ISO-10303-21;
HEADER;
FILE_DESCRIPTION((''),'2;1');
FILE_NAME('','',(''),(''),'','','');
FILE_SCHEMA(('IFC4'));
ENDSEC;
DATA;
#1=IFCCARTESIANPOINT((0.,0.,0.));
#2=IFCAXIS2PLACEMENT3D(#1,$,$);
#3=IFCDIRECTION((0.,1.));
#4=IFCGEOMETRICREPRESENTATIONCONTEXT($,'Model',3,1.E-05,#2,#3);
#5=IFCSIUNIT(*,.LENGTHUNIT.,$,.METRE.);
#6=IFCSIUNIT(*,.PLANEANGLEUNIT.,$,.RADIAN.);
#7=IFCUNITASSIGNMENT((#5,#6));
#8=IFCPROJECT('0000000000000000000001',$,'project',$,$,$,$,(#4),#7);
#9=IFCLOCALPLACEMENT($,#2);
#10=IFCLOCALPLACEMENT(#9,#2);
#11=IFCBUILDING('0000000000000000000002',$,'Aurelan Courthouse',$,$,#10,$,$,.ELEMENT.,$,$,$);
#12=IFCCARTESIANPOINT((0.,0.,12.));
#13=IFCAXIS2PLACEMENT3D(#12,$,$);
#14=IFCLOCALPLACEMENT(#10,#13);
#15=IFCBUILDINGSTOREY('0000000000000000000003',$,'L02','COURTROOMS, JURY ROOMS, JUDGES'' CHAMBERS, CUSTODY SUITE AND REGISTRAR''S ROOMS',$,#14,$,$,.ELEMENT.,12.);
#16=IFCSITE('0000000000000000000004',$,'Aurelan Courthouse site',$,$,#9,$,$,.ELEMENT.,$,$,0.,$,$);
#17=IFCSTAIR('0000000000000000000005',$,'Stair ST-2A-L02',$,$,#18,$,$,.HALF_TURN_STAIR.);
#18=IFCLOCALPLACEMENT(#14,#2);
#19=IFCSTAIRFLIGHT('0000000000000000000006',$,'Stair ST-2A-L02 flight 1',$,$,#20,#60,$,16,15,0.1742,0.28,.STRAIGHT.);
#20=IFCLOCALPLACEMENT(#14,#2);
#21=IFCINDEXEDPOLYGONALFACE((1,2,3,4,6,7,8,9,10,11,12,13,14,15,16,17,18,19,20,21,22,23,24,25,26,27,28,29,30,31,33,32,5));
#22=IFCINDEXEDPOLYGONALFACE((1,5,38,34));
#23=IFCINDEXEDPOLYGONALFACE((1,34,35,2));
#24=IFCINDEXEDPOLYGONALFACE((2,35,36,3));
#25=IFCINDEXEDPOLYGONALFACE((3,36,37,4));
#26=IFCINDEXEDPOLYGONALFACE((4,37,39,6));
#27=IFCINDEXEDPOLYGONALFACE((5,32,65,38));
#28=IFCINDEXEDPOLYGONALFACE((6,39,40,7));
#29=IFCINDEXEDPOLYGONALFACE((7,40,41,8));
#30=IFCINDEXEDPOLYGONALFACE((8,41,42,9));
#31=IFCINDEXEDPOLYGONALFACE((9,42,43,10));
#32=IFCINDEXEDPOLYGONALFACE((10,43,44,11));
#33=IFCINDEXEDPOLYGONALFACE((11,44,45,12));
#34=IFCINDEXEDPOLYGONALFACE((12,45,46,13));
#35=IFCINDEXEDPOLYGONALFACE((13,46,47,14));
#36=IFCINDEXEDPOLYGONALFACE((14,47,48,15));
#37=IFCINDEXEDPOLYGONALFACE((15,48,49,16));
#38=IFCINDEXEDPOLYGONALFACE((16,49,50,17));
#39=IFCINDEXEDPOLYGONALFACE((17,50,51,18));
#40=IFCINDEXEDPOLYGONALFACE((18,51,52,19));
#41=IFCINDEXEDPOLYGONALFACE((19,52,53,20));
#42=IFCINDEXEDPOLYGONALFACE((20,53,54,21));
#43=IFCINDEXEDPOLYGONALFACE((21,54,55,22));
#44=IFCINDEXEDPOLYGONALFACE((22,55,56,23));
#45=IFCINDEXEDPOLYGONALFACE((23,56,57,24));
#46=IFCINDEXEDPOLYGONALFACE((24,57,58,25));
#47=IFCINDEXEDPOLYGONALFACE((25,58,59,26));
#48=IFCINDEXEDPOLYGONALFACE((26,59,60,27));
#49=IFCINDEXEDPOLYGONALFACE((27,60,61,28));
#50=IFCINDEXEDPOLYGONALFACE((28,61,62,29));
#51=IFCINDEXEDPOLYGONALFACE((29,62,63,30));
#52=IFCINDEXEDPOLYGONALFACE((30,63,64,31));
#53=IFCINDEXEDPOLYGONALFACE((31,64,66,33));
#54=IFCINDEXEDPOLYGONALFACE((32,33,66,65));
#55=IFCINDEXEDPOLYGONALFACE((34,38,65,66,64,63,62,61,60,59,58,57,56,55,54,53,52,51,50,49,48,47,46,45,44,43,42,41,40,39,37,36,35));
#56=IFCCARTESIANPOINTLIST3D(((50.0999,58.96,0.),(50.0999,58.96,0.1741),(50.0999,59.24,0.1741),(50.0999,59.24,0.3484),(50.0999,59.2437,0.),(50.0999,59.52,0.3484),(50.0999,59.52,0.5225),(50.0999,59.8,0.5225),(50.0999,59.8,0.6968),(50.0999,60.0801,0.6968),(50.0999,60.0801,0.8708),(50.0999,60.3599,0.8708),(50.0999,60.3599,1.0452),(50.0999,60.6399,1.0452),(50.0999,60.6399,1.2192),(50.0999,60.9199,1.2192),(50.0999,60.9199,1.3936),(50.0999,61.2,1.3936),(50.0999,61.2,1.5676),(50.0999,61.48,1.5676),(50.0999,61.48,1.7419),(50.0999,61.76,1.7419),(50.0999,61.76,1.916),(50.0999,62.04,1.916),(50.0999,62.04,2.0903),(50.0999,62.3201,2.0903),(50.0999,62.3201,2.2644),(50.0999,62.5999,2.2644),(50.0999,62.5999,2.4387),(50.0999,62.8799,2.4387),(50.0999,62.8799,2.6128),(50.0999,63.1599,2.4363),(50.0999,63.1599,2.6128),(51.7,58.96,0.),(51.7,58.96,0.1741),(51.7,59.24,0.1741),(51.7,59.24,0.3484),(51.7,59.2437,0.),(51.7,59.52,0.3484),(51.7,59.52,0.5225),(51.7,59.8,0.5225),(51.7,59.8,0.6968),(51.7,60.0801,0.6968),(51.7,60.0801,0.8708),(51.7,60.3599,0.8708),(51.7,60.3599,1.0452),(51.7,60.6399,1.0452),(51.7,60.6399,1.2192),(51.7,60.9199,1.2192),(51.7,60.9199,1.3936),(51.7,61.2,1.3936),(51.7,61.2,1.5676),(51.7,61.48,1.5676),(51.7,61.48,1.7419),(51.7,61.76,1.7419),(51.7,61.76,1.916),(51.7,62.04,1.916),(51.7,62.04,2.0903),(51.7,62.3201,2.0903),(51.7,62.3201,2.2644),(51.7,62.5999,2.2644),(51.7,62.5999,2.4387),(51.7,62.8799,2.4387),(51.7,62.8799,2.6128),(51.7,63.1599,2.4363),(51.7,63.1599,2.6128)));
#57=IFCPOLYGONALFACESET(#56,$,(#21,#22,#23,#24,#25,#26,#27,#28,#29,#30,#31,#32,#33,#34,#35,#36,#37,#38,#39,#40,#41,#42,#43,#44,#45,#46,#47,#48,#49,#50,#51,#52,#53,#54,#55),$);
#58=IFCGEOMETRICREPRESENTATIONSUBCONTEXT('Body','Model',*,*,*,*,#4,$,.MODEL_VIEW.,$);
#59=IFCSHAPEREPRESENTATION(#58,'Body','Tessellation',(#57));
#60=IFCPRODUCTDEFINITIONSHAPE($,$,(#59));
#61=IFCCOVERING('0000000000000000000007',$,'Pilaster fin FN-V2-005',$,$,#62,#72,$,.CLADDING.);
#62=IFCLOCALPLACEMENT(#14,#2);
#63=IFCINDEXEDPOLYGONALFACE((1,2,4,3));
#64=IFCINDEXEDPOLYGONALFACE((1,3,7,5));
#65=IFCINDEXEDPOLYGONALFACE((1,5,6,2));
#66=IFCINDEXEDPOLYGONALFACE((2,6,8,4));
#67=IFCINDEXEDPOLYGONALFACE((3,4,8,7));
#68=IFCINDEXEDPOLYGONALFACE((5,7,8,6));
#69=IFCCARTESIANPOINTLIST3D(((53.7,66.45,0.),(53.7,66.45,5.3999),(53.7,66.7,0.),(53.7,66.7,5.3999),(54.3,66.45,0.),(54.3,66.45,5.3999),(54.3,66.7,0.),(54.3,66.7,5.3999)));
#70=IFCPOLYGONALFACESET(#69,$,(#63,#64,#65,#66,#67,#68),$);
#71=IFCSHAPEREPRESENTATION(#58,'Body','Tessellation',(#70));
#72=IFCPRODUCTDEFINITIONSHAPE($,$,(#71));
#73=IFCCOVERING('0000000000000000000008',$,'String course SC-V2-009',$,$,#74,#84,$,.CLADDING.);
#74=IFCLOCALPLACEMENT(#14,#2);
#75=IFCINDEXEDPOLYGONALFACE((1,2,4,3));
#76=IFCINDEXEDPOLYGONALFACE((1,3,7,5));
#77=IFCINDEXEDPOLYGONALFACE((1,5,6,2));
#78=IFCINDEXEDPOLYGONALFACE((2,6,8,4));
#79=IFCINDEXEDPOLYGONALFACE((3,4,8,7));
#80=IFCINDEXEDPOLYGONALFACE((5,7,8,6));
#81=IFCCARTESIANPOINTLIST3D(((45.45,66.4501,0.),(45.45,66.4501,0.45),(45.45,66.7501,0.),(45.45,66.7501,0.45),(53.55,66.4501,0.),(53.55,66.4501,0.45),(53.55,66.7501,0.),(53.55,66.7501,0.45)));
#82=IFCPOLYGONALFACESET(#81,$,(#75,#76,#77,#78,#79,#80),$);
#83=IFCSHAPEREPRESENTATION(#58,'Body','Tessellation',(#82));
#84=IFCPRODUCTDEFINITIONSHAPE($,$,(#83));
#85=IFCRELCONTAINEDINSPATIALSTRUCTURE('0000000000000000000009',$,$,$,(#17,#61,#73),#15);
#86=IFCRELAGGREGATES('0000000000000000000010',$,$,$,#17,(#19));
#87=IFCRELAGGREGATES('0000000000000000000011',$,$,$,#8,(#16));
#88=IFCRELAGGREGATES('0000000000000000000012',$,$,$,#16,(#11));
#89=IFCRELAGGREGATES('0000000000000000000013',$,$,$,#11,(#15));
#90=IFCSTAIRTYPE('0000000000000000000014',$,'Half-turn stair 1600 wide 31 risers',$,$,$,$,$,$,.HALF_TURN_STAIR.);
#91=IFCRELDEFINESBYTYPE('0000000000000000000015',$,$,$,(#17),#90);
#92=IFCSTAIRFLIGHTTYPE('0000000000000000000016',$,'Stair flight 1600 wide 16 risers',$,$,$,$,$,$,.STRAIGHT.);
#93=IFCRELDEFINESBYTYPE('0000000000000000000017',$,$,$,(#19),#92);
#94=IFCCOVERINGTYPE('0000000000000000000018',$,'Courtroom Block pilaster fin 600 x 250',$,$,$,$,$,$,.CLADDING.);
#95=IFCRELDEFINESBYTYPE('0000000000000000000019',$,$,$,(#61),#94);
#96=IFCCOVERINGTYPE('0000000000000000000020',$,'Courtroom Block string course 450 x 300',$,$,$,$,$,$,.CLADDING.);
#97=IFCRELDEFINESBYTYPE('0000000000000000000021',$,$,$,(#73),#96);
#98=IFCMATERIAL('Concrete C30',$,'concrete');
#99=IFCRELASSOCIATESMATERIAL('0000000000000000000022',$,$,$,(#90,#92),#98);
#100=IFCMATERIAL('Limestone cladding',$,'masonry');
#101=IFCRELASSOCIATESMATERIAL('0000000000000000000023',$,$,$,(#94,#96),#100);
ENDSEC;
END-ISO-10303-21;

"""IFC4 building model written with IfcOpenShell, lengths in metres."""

from ifc_helpers import new_model, si_unit, direction, frame, origin, origin_2d, place, context, subcontext, project, spatial, polyline, rectangle, outline, extrude, material, type_object, element, aggregate, save


model = new_model("IFC4")

# Units and contexts
model_context = context("Model", 3, precision=1e-05, world=origin(), true_north=direction((0.0, 1.0)))
body_context = subcontext(model_context, "Body", "Model", "MODEL_VIEW")
ifc_project = project(units=[si_unit("LENGTHUNIT", "METRE"), si_unit("PLANEANGLEUNIT", "RADIAN")], contexts=[model_context])

# Site, building, storey
site_placement = place(None, origin())
site = spatial("IfcSite", under=ifc_project, at=site_placement, Name="Aurelan Courthouse site", CompositionType="ELEMENT", RefElevation=0.0)
building_placement = place(site_placement, origin())
building = spatial("IfcBuilding", under=site, at=building_placement, Name="Aurelan Courthouse", CompositionType="ELEMENT")
storey_placement = place(building_placement, frame((0.0, 0.0, 12.0)))
storey = spatial("IfcBuildingStorey", under=building, at=storey_placement, Name="L02", Description="COURTROOMS, JURY ROOMS, JUDGES' CHAMBERS, CUSTODY SUITE AND REGISTRAR'S ROOMS", CompositionType="ELEMENT", Elevation=12.0)

# Shared definitions
ifc_material_1 = material(Name="Concrete C30", Category="concrete")

# Stair, stair flight
stair_type = type_object("IfcStairType", Name="Half-turn stair 1600 wide 31 risers", PredefinedType="HALF_TURN_STAIR", material=ifc_material_1)
stair_placement = place(storey_placement, origin())
stair = element("IfcStair", 1, at=stair_placement, inside=storey, type_object=stair_type, Name="Stair ST-2A-L02", PredefinedType="HALF_TURN_STAIR")
stair_flight_type = type_object("IfcStairFlightType", Name="Stair flight 1600 wide 16 risers", PredefinedType="STRAIGHT", material=ifc_material_1)
stair_flight_placement = place(storey_placement, frame((50.8999, 58.96, 0.0), z_axis=(0.0, 0.0, 1.0), x_axis=(0.0, 1.0, 0.0)))
stair_flight = element("IfcStairFlight", 2, at=stair_flight_placement, type_object=stair_flight_type, Name="Stair ST-2A-L02 flight 1", NumberOfRisers=16, NumberOfTreads=15, PredefinedType="STRAIGHT", RiserHeight=0.1742, TreadLength=0.28, context=body_context, shape_type="SweptSolid", body=[
    extrude(outline(polyline([(0.0, 0.0), (0.0, 0.1741), (0.28, 0.1741), (0.28, 0.3484), (0.5601, 0.3484), (0.5601, 0.5225), (0.8401, 0.5225), (0.8401, 0.6968), (1.1201, 0.6968), (1.1201, 0.8708), (1.3999, 0.8708), (1.3999, 1.0452), (1.6799, 1.0452), (1.6799, 1.2192), (1.96, 1.2192), (1.96, 1.3936), (2.24, 1.3936), (2.24, 1.5676), (2.52, 1.5676), (2.52, 1.7419), (2.8, 1.7419), (2.8, 1.916), (3.0801, 1.916), (3.0801, 2.0903), (3.3601, 2.0903), (3.3601, 2.2644), (3.6399, 2.2644), (3.6399, 2.4387), (3.9199, 2.4387), (3.9199, 2.6128), (4.2, 2.6128), (4.2, 2.7871), (4.2, 2.4363), (0.2837, 0.0), (0.0, 0.0)])), frame((0.0, 0.8, 0.0), z_axis=(0.0, -1.0, 0.0), x_axis=(1.0, 0.0, 0.0)), (0.0, 0.0, 1.0), 1.6001),
])
aggregate(stair, [stair_flight])

# Coverings
ifc_material_2 = material(Name="Limestone cladding", Category="masonry")
covering_type_1 = type_object("IfcCoveringType", Name="Courtroom Block pilaster fin 600 x 250", PredefinedType="CLADDING", material=ifc_material_2)
covering_1_placement = place(storey_placement, frame((54.0, 66.575, 0.0), z_axis=(0.0, 0.0, 1.0), x_axis=(1.0, 0.0, 0.0)))
element("IfcCovering", 3, at=covering_1_placement, inside=storey, type_object=covering_type_1, Name="Pilaster fin FN-V2-005", PredefinedType="CLADDING", context=body_context, shape_type="SweptSolid", body=[
    extrude(rectangle(XDim=0.6001, YDim=0.25, at=origin_2d()), origin(), (0.0, 0.0, 1.0), 5.3999),
])
covering_type_2 = type_object("IfcCoveringType", Name="Courtroom Block string course 450 x 300", PredefinedType="CLADDING", material=ifc_material_2)
covering_2_placement = place(storey_placement, frame((49.5, 66.6001, 0.0), z_axis=(0.0, 0.0, 1.0), x_axis=(1.0, 0.0, 0.0)))
element("IfcCovering", 4, at=covering_2_placement, inside=storey, type_object=covering_type_2, Name="String course SC-V2-009", PredefinedType="CLADDING", context=body_context, shape_type="SweptSolid", body=[
    extrude(rectangle(XDim=8.1001, YDim=0.3, at=origin_2d()), origin(), (0.0, 0.0, 1.0), 0.45),
])

save(model, "model.ifc")
